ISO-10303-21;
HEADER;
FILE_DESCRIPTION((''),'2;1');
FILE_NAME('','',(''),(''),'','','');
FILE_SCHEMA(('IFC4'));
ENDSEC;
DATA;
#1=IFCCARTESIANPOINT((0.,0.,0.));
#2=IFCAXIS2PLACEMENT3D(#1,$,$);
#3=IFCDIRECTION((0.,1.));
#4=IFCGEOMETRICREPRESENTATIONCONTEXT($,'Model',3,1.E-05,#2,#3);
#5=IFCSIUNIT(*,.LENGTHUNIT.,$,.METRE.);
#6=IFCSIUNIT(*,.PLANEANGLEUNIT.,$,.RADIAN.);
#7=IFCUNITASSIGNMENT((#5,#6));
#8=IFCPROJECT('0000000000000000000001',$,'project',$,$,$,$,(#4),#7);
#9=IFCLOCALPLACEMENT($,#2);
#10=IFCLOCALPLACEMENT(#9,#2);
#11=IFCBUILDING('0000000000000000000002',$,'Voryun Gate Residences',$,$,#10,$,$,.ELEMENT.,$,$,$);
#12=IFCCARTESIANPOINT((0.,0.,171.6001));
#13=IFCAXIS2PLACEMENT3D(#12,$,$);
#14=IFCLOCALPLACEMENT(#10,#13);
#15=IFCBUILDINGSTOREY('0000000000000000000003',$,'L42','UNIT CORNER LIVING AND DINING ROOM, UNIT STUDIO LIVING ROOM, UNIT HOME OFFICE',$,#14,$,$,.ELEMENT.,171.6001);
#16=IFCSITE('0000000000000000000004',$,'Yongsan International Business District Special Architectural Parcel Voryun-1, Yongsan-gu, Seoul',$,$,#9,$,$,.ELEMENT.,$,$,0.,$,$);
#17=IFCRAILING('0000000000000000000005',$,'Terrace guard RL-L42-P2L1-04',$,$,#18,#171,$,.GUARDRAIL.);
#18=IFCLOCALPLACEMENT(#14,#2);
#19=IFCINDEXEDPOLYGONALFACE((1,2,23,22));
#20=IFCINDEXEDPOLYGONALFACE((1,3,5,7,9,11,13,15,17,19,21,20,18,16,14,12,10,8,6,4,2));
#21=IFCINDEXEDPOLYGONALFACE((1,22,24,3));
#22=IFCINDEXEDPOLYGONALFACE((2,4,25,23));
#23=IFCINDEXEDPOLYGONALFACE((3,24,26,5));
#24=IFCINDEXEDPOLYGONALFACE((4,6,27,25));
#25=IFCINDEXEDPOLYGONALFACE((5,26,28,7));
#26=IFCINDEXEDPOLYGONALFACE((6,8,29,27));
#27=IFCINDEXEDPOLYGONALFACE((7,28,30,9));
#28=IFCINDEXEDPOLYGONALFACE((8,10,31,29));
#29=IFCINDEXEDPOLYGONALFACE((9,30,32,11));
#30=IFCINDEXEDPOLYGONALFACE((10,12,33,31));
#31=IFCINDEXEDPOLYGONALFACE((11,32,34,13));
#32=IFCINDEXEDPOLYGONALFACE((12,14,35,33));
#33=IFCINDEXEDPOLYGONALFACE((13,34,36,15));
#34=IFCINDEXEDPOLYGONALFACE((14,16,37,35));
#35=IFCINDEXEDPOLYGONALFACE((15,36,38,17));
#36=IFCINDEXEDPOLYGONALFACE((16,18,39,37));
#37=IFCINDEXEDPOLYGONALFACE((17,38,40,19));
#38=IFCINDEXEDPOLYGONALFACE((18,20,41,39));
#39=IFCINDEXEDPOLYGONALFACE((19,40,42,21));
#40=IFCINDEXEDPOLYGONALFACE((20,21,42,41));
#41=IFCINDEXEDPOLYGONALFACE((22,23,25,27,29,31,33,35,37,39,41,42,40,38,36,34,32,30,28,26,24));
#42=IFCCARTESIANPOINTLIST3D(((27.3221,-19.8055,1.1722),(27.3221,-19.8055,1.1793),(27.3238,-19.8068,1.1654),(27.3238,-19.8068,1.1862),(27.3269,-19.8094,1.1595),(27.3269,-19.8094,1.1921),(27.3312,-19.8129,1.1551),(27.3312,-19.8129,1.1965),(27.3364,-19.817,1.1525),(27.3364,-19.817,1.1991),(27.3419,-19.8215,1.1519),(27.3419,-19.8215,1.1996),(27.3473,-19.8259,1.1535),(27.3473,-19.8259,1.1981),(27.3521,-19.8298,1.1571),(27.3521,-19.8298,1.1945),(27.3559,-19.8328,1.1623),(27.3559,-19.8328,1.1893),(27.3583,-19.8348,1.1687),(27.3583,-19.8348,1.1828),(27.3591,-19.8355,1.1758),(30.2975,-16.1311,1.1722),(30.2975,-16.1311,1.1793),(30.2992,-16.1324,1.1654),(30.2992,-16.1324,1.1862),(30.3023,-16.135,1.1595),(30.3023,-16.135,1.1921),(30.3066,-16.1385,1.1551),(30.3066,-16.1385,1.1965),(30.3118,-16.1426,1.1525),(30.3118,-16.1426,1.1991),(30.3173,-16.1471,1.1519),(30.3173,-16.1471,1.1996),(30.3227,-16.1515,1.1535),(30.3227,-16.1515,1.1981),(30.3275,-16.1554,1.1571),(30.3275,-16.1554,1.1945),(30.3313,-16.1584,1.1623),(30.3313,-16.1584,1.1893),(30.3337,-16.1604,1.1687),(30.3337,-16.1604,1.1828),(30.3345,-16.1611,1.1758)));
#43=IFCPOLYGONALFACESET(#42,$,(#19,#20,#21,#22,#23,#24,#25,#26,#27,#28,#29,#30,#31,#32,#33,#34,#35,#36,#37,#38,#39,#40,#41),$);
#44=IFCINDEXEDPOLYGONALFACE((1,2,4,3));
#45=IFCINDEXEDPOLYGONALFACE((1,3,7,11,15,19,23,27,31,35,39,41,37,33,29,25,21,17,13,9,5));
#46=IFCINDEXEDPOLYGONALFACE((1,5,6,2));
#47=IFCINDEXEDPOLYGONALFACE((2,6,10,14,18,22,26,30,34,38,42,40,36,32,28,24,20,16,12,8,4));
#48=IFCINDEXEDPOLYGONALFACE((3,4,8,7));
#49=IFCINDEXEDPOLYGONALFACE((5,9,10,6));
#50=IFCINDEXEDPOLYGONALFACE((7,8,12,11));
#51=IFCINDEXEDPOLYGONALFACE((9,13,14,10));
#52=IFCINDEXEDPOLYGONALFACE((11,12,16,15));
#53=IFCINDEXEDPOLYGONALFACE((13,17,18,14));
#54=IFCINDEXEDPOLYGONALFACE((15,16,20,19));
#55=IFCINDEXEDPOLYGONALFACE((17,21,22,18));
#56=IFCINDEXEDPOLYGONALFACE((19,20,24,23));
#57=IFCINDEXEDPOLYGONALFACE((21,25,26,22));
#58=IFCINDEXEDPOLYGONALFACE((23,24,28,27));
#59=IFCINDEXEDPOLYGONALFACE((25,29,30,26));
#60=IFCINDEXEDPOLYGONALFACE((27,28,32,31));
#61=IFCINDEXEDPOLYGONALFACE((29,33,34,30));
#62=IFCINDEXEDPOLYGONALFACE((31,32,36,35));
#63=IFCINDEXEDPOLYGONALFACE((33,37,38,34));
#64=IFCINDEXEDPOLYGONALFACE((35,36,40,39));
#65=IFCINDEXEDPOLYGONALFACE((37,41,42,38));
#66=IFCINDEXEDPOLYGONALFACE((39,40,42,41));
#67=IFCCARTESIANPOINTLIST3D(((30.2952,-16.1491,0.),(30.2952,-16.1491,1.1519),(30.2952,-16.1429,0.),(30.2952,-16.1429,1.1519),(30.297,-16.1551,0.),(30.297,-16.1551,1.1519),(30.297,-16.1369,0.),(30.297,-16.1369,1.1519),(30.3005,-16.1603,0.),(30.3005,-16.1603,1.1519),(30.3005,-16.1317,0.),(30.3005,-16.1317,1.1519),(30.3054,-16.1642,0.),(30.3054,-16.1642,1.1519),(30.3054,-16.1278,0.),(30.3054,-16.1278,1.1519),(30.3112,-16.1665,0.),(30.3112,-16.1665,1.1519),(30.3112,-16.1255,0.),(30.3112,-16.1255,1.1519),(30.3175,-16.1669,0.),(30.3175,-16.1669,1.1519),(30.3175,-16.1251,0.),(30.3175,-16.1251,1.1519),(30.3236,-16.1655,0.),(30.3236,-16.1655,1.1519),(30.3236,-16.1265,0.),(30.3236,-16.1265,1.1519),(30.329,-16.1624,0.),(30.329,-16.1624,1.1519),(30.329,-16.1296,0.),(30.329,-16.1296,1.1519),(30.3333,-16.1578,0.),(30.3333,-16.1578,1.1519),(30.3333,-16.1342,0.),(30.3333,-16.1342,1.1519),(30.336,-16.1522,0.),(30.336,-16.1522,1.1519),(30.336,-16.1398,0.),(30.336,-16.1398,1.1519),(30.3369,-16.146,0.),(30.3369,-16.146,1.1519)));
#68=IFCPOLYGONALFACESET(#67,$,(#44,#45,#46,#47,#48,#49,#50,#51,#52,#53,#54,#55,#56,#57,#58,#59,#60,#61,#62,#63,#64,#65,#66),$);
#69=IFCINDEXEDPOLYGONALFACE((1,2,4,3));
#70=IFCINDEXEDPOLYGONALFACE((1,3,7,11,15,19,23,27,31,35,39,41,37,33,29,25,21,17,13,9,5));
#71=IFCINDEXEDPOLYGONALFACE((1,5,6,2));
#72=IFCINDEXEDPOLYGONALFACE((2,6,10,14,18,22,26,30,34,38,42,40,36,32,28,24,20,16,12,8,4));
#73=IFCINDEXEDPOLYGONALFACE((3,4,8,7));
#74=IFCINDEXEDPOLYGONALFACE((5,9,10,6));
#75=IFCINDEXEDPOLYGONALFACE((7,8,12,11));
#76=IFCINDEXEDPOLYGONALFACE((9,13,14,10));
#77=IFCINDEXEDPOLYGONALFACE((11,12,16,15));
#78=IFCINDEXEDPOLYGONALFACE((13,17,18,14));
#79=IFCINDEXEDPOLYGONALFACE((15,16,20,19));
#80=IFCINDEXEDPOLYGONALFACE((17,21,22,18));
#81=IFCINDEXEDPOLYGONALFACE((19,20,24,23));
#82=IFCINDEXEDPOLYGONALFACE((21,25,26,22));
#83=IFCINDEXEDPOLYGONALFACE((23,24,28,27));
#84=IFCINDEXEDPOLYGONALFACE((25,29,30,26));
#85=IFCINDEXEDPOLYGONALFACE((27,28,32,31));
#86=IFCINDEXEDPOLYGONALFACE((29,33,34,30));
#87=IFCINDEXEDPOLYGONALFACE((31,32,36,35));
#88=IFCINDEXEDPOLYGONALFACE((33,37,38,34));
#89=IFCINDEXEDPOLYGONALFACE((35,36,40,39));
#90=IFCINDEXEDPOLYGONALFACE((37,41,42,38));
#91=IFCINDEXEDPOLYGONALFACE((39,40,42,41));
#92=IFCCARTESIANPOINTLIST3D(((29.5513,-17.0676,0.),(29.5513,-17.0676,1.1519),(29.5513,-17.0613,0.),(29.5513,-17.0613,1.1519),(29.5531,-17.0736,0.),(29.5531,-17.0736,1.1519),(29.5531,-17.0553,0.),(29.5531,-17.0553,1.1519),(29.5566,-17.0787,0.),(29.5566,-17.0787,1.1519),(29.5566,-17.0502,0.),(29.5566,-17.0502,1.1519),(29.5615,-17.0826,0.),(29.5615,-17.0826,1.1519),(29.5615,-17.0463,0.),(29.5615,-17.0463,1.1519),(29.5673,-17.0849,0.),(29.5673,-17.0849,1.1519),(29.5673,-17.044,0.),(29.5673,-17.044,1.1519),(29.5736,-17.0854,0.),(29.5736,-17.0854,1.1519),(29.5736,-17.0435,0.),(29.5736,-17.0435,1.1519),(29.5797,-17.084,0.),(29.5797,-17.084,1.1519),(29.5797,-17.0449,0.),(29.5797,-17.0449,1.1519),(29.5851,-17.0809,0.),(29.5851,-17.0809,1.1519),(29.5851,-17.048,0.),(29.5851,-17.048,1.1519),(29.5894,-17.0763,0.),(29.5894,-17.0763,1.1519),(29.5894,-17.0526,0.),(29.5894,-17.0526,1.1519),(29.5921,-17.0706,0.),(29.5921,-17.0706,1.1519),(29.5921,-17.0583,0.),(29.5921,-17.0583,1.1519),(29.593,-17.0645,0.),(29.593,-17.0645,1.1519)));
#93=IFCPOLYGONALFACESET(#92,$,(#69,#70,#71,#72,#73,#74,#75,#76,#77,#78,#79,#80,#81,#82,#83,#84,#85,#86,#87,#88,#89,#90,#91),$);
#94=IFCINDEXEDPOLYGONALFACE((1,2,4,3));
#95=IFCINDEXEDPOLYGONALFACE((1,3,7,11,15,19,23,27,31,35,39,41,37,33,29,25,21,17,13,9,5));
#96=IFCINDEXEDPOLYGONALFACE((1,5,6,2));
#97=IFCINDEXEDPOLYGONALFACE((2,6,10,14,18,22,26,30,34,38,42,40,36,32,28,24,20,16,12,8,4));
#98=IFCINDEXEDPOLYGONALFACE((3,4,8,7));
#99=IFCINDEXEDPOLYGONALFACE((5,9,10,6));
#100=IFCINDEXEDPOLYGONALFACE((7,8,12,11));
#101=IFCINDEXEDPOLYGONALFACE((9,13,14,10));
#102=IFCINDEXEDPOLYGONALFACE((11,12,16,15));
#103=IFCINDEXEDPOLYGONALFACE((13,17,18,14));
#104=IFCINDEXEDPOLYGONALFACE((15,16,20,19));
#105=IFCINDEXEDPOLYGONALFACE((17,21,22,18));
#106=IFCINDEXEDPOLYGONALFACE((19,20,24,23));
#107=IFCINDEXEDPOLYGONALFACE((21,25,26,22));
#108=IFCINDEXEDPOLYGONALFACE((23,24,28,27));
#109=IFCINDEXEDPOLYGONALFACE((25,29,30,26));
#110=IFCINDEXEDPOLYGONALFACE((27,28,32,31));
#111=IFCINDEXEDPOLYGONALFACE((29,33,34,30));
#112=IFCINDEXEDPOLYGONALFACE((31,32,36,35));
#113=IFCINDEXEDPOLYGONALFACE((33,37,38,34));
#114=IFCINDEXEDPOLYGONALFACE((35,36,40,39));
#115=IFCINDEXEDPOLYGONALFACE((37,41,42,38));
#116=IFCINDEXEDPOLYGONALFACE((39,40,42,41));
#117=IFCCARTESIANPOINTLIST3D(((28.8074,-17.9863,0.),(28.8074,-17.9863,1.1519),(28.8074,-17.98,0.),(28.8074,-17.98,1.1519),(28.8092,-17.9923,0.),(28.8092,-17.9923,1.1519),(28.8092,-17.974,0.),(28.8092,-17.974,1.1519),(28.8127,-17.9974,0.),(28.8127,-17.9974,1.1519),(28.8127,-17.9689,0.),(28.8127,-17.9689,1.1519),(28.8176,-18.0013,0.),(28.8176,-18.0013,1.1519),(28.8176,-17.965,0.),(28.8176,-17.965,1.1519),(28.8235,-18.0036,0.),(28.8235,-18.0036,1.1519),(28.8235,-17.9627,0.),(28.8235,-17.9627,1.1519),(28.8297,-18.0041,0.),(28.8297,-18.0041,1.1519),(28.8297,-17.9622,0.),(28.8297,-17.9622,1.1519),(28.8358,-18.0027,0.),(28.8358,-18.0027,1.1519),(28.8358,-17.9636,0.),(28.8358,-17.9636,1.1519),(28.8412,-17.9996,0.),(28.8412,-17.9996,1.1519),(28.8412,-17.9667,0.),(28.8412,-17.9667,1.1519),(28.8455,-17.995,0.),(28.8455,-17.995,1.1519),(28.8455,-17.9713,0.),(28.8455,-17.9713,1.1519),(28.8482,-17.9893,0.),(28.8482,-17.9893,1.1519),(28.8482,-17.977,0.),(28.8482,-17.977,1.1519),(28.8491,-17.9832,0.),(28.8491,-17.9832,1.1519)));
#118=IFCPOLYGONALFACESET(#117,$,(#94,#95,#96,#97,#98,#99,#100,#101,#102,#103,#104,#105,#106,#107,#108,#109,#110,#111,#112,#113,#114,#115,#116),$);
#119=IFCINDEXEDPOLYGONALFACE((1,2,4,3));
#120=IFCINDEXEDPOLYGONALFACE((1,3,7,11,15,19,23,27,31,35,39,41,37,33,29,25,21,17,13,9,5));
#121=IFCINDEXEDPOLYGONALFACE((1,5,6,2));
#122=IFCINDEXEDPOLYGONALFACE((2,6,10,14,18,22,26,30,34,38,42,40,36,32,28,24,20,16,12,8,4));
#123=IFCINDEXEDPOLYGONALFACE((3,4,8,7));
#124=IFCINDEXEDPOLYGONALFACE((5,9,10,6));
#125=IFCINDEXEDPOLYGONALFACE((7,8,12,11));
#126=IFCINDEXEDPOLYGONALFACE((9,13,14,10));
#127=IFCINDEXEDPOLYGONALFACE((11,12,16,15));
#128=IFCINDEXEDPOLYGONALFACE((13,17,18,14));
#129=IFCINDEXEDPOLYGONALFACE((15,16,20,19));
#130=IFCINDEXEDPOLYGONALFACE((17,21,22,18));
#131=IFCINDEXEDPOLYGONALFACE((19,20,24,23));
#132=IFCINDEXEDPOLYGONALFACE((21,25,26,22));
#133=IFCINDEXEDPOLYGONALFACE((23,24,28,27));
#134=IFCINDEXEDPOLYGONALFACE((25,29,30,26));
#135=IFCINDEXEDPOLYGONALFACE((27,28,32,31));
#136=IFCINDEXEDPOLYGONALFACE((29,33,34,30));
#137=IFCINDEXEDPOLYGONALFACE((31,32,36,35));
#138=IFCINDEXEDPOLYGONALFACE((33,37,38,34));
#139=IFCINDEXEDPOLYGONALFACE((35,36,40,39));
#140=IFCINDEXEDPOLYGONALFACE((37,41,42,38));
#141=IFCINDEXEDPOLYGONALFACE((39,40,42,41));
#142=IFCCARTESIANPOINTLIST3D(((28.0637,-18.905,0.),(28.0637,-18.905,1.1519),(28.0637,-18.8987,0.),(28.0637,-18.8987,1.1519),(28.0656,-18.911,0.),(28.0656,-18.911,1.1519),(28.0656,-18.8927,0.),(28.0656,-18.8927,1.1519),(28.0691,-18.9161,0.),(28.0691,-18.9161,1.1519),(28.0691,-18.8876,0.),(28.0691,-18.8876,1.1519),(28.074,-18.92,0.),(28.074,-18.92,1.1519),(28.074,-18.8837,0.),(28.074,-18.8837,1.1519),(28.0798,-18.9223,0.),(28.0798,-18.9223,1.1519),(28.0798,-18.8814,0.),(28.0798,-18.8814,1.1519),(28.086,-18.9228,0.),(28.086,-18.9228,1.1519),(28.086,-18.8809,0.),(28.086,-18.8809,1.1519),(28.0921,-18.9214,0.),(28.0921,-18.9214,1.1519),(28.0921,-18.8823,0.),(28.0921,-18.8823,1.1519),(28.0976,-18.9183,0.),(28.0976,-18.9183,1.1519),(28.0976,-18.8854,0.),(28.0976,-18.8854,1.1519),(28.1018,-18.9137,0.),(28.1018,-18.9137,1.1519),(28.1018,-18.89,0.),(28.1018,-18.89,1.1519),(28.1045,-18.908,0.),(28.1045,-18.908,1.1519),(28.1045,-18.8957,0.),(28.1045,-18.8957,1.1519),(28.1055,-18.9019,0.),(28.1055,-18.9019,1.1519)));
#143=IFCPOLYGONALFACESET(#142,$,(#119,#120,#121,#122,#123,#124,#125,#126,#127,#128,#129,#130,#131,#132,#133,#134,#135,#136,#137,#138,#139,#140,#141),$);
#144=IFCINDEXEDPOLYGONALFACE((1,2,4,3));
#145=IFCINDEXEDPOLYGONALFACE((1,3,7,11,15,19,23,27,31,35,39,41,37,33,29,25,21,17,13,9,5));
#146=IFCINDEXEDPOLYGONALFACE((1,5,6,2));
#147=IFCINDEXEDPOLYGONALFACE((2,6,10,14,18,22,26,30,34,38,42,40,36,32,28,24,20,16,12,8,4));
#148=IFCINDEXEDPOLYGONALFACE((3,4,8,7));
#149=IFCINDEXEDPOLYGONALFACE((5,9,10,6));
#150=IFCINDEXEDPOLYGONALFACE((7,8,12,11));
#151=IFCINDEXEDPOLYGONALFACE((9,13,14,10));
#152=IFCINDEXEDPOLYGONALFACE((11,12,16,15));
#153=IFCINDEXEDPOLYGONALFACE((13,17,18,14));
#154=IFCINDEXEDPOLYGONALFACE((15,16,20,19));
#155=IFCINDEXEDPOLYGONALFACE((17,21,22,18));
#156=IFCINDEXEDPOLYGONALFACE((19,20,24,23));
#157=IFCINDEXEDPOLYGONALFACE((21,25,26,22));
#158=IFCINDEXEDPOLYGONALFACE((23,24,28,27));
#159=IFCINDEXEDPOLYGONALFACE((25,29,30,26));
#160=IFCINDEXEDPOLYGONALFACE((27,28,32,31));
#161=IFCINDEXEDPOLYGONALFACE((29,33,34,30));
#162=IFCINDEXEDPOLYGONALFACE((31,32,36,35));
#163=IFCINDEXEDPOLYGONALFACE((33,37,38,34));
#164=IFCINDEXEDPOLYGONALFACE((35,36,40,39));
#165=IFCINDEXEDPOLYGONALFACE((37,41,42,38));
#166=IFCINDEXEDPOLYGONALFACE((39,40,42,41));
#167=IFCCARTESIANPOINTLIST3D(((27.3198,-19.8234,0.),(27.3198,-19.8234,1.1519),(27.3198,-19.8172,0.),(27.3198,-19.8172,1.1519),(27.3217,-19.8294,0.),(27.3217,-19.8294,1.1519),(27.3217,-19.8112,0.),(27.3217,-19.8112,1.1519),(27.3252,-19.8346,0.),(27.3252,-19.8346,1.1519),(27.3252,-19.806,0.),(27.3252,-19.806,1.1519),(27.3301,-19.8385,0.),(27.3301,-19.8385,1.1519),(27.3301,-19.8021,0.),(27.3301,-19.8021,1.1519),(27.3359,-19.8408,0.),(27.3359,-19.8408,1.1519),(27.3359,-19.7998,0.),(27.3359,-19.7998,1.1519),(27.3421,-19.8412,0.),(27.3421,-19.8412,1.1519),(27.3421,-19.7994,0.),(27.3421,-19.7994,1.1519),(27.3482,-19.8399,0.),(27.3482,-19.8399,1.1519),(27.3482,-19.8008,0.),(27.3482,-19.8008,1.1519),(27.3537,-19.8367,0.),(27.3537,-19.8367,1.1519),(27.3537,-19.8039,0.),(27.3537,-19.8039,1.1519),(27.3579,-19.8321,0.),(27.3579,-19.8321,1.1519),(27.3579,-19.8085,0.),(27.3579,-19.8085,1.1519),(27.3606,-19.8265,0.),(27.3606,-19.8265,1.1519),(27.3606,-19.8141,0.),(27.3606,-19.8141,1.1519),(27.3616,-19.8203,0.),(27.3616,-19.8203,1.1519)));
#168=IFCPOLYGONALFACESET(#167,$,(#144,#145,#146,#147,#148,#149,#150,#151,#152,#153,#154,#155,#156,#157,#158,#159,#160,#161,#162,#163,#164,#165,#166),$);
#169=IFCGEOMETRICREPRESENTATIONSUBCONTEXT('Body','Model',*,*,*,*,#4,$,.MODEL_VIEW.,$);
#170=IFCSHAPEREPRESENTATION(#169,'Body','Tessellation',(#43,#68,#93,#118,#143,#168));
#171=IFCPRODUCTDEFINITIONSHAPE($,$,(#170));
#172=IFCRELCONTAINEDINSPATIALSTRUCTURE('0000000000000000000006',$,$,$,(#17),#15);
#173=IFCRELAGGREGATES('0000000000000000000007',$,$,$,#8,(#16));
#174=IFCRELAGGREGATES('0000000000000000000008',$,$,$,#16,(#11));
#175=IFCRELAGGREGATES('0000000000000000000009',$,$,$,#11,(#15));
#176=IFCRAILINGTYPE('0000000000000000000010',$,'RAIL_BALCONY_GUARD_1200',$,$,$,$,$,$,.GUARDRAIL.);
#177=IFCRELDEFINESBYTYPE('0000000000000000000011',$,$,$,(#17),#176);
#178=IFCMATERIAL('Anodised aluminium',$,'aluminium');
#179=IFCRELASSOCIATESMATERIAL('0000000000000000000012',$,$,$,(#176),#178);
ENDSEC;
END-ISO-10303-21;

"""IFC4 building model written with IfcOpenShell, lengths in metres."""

from ifc_helpers import new_model, si_unit, direction, frame, origin, origin_2d, place, context, subcontext, project, spatial, circle, extrude, material, type_object, element, save


model = new_model("IFC4")

# Units and contexts
model_context = context("Model", 3, precision=1e-05, world=origin(), true_north=direction((0.0, 1.0)))
body_context = subcontext(model_context, "Body", "Model", "MODEL_VIEW")
ifc_project = project(units=[si_unit("LENGTHUNIT", "METRE"), si_unit("PLANEANGLEUNIT", "RADIAN")], contexts=[model_context])

# Site, building, storey
site_placement = place(None, origin())
site = spatial("IfcSite", under=ifc_project, at=site_placement, Name="Yongsan International Business District Special Architectural Parcel Voryun-1, Yongsan-gu, Seoul", CompositionType="ELEMENT", RefElevation=0.0)
building_placement = place(site_placement, origin())
building = spatial("IfcBuilding", under=site, at=building_placement, Name="Voryun Gate Residences", CompositionType="ELEMENT")
storey_placement = place(building_placement, frame((0.0, 0.0, 171.6001)))
storey = spatial("IfcBuildingStorey", under=building, at=storey_placement, Name="L42", Description="UNIT CORNER LIVING AND DINING ROOM, UNIT STUDIO LIVING ROOM, UNIT HOME OFFICE", CompositionType="ELEMENT", Elevation=171.6001)

# Railing
ifc_material_1 = material(Name="Anodised aluminium", Category="aluminium")
railing_type = type_object("IfcRailingType", Name="RAIL_BALCONY_GUARD_1200", PredefinedType="GUARDRAIL", material=ifc_material_1)
railing_1_placement = place(storey_placement, frame((30.3159, -16.146, 0.0)))
element("IfcRailing", 1, at=railing_1_placement, inside=storey, type_object=railing_type, Name="Terrace guard RL-L42-P2L1-04", PredefinedType="GUARDRAIL", context=body_context, shape_type="SweptSolid", body=[
    extrude(circle(Radius=0.0239, at=origin_2d()), frame((0.0, 0.0, 1.1758), z_axis=(-0.629313, -0.777152, 0.0), x_axis=(0.777152, -0.629313, 0.0)), (0.0, 0.0, 1.0), 4.728),
    extrude(circle(Radius=0.021, at=origin_2d()), origin(), (0.0, 0.0, 1.0), 1.1519),
    extrude(circle(Radius=0.021, at=origin_2d()), frame((-0.7439, -0.9185, 0.0)), (0.0, 0.0, 1.0), 1.1519),
    extrude(circle(Radius=0.021, at=origin_2d()), frame((-1.4878, -1.8372, 0.0)), (0.0, 0.0, 1.0), 1.1519),
    extrude(circle(Radius=0.021, at=origin_2d()), frame((-2.2314, -2.7559, 0.0)), (0.0, 0.0, 1.0), 1.1519),
    extrude(circle(Radius=0.021, at=origin_2d()), frame((-2.9753, -3.6743, 0.0)), (0.0, 0.0, 1.0), 1.1519),
])

save(model, "model.ifc")
